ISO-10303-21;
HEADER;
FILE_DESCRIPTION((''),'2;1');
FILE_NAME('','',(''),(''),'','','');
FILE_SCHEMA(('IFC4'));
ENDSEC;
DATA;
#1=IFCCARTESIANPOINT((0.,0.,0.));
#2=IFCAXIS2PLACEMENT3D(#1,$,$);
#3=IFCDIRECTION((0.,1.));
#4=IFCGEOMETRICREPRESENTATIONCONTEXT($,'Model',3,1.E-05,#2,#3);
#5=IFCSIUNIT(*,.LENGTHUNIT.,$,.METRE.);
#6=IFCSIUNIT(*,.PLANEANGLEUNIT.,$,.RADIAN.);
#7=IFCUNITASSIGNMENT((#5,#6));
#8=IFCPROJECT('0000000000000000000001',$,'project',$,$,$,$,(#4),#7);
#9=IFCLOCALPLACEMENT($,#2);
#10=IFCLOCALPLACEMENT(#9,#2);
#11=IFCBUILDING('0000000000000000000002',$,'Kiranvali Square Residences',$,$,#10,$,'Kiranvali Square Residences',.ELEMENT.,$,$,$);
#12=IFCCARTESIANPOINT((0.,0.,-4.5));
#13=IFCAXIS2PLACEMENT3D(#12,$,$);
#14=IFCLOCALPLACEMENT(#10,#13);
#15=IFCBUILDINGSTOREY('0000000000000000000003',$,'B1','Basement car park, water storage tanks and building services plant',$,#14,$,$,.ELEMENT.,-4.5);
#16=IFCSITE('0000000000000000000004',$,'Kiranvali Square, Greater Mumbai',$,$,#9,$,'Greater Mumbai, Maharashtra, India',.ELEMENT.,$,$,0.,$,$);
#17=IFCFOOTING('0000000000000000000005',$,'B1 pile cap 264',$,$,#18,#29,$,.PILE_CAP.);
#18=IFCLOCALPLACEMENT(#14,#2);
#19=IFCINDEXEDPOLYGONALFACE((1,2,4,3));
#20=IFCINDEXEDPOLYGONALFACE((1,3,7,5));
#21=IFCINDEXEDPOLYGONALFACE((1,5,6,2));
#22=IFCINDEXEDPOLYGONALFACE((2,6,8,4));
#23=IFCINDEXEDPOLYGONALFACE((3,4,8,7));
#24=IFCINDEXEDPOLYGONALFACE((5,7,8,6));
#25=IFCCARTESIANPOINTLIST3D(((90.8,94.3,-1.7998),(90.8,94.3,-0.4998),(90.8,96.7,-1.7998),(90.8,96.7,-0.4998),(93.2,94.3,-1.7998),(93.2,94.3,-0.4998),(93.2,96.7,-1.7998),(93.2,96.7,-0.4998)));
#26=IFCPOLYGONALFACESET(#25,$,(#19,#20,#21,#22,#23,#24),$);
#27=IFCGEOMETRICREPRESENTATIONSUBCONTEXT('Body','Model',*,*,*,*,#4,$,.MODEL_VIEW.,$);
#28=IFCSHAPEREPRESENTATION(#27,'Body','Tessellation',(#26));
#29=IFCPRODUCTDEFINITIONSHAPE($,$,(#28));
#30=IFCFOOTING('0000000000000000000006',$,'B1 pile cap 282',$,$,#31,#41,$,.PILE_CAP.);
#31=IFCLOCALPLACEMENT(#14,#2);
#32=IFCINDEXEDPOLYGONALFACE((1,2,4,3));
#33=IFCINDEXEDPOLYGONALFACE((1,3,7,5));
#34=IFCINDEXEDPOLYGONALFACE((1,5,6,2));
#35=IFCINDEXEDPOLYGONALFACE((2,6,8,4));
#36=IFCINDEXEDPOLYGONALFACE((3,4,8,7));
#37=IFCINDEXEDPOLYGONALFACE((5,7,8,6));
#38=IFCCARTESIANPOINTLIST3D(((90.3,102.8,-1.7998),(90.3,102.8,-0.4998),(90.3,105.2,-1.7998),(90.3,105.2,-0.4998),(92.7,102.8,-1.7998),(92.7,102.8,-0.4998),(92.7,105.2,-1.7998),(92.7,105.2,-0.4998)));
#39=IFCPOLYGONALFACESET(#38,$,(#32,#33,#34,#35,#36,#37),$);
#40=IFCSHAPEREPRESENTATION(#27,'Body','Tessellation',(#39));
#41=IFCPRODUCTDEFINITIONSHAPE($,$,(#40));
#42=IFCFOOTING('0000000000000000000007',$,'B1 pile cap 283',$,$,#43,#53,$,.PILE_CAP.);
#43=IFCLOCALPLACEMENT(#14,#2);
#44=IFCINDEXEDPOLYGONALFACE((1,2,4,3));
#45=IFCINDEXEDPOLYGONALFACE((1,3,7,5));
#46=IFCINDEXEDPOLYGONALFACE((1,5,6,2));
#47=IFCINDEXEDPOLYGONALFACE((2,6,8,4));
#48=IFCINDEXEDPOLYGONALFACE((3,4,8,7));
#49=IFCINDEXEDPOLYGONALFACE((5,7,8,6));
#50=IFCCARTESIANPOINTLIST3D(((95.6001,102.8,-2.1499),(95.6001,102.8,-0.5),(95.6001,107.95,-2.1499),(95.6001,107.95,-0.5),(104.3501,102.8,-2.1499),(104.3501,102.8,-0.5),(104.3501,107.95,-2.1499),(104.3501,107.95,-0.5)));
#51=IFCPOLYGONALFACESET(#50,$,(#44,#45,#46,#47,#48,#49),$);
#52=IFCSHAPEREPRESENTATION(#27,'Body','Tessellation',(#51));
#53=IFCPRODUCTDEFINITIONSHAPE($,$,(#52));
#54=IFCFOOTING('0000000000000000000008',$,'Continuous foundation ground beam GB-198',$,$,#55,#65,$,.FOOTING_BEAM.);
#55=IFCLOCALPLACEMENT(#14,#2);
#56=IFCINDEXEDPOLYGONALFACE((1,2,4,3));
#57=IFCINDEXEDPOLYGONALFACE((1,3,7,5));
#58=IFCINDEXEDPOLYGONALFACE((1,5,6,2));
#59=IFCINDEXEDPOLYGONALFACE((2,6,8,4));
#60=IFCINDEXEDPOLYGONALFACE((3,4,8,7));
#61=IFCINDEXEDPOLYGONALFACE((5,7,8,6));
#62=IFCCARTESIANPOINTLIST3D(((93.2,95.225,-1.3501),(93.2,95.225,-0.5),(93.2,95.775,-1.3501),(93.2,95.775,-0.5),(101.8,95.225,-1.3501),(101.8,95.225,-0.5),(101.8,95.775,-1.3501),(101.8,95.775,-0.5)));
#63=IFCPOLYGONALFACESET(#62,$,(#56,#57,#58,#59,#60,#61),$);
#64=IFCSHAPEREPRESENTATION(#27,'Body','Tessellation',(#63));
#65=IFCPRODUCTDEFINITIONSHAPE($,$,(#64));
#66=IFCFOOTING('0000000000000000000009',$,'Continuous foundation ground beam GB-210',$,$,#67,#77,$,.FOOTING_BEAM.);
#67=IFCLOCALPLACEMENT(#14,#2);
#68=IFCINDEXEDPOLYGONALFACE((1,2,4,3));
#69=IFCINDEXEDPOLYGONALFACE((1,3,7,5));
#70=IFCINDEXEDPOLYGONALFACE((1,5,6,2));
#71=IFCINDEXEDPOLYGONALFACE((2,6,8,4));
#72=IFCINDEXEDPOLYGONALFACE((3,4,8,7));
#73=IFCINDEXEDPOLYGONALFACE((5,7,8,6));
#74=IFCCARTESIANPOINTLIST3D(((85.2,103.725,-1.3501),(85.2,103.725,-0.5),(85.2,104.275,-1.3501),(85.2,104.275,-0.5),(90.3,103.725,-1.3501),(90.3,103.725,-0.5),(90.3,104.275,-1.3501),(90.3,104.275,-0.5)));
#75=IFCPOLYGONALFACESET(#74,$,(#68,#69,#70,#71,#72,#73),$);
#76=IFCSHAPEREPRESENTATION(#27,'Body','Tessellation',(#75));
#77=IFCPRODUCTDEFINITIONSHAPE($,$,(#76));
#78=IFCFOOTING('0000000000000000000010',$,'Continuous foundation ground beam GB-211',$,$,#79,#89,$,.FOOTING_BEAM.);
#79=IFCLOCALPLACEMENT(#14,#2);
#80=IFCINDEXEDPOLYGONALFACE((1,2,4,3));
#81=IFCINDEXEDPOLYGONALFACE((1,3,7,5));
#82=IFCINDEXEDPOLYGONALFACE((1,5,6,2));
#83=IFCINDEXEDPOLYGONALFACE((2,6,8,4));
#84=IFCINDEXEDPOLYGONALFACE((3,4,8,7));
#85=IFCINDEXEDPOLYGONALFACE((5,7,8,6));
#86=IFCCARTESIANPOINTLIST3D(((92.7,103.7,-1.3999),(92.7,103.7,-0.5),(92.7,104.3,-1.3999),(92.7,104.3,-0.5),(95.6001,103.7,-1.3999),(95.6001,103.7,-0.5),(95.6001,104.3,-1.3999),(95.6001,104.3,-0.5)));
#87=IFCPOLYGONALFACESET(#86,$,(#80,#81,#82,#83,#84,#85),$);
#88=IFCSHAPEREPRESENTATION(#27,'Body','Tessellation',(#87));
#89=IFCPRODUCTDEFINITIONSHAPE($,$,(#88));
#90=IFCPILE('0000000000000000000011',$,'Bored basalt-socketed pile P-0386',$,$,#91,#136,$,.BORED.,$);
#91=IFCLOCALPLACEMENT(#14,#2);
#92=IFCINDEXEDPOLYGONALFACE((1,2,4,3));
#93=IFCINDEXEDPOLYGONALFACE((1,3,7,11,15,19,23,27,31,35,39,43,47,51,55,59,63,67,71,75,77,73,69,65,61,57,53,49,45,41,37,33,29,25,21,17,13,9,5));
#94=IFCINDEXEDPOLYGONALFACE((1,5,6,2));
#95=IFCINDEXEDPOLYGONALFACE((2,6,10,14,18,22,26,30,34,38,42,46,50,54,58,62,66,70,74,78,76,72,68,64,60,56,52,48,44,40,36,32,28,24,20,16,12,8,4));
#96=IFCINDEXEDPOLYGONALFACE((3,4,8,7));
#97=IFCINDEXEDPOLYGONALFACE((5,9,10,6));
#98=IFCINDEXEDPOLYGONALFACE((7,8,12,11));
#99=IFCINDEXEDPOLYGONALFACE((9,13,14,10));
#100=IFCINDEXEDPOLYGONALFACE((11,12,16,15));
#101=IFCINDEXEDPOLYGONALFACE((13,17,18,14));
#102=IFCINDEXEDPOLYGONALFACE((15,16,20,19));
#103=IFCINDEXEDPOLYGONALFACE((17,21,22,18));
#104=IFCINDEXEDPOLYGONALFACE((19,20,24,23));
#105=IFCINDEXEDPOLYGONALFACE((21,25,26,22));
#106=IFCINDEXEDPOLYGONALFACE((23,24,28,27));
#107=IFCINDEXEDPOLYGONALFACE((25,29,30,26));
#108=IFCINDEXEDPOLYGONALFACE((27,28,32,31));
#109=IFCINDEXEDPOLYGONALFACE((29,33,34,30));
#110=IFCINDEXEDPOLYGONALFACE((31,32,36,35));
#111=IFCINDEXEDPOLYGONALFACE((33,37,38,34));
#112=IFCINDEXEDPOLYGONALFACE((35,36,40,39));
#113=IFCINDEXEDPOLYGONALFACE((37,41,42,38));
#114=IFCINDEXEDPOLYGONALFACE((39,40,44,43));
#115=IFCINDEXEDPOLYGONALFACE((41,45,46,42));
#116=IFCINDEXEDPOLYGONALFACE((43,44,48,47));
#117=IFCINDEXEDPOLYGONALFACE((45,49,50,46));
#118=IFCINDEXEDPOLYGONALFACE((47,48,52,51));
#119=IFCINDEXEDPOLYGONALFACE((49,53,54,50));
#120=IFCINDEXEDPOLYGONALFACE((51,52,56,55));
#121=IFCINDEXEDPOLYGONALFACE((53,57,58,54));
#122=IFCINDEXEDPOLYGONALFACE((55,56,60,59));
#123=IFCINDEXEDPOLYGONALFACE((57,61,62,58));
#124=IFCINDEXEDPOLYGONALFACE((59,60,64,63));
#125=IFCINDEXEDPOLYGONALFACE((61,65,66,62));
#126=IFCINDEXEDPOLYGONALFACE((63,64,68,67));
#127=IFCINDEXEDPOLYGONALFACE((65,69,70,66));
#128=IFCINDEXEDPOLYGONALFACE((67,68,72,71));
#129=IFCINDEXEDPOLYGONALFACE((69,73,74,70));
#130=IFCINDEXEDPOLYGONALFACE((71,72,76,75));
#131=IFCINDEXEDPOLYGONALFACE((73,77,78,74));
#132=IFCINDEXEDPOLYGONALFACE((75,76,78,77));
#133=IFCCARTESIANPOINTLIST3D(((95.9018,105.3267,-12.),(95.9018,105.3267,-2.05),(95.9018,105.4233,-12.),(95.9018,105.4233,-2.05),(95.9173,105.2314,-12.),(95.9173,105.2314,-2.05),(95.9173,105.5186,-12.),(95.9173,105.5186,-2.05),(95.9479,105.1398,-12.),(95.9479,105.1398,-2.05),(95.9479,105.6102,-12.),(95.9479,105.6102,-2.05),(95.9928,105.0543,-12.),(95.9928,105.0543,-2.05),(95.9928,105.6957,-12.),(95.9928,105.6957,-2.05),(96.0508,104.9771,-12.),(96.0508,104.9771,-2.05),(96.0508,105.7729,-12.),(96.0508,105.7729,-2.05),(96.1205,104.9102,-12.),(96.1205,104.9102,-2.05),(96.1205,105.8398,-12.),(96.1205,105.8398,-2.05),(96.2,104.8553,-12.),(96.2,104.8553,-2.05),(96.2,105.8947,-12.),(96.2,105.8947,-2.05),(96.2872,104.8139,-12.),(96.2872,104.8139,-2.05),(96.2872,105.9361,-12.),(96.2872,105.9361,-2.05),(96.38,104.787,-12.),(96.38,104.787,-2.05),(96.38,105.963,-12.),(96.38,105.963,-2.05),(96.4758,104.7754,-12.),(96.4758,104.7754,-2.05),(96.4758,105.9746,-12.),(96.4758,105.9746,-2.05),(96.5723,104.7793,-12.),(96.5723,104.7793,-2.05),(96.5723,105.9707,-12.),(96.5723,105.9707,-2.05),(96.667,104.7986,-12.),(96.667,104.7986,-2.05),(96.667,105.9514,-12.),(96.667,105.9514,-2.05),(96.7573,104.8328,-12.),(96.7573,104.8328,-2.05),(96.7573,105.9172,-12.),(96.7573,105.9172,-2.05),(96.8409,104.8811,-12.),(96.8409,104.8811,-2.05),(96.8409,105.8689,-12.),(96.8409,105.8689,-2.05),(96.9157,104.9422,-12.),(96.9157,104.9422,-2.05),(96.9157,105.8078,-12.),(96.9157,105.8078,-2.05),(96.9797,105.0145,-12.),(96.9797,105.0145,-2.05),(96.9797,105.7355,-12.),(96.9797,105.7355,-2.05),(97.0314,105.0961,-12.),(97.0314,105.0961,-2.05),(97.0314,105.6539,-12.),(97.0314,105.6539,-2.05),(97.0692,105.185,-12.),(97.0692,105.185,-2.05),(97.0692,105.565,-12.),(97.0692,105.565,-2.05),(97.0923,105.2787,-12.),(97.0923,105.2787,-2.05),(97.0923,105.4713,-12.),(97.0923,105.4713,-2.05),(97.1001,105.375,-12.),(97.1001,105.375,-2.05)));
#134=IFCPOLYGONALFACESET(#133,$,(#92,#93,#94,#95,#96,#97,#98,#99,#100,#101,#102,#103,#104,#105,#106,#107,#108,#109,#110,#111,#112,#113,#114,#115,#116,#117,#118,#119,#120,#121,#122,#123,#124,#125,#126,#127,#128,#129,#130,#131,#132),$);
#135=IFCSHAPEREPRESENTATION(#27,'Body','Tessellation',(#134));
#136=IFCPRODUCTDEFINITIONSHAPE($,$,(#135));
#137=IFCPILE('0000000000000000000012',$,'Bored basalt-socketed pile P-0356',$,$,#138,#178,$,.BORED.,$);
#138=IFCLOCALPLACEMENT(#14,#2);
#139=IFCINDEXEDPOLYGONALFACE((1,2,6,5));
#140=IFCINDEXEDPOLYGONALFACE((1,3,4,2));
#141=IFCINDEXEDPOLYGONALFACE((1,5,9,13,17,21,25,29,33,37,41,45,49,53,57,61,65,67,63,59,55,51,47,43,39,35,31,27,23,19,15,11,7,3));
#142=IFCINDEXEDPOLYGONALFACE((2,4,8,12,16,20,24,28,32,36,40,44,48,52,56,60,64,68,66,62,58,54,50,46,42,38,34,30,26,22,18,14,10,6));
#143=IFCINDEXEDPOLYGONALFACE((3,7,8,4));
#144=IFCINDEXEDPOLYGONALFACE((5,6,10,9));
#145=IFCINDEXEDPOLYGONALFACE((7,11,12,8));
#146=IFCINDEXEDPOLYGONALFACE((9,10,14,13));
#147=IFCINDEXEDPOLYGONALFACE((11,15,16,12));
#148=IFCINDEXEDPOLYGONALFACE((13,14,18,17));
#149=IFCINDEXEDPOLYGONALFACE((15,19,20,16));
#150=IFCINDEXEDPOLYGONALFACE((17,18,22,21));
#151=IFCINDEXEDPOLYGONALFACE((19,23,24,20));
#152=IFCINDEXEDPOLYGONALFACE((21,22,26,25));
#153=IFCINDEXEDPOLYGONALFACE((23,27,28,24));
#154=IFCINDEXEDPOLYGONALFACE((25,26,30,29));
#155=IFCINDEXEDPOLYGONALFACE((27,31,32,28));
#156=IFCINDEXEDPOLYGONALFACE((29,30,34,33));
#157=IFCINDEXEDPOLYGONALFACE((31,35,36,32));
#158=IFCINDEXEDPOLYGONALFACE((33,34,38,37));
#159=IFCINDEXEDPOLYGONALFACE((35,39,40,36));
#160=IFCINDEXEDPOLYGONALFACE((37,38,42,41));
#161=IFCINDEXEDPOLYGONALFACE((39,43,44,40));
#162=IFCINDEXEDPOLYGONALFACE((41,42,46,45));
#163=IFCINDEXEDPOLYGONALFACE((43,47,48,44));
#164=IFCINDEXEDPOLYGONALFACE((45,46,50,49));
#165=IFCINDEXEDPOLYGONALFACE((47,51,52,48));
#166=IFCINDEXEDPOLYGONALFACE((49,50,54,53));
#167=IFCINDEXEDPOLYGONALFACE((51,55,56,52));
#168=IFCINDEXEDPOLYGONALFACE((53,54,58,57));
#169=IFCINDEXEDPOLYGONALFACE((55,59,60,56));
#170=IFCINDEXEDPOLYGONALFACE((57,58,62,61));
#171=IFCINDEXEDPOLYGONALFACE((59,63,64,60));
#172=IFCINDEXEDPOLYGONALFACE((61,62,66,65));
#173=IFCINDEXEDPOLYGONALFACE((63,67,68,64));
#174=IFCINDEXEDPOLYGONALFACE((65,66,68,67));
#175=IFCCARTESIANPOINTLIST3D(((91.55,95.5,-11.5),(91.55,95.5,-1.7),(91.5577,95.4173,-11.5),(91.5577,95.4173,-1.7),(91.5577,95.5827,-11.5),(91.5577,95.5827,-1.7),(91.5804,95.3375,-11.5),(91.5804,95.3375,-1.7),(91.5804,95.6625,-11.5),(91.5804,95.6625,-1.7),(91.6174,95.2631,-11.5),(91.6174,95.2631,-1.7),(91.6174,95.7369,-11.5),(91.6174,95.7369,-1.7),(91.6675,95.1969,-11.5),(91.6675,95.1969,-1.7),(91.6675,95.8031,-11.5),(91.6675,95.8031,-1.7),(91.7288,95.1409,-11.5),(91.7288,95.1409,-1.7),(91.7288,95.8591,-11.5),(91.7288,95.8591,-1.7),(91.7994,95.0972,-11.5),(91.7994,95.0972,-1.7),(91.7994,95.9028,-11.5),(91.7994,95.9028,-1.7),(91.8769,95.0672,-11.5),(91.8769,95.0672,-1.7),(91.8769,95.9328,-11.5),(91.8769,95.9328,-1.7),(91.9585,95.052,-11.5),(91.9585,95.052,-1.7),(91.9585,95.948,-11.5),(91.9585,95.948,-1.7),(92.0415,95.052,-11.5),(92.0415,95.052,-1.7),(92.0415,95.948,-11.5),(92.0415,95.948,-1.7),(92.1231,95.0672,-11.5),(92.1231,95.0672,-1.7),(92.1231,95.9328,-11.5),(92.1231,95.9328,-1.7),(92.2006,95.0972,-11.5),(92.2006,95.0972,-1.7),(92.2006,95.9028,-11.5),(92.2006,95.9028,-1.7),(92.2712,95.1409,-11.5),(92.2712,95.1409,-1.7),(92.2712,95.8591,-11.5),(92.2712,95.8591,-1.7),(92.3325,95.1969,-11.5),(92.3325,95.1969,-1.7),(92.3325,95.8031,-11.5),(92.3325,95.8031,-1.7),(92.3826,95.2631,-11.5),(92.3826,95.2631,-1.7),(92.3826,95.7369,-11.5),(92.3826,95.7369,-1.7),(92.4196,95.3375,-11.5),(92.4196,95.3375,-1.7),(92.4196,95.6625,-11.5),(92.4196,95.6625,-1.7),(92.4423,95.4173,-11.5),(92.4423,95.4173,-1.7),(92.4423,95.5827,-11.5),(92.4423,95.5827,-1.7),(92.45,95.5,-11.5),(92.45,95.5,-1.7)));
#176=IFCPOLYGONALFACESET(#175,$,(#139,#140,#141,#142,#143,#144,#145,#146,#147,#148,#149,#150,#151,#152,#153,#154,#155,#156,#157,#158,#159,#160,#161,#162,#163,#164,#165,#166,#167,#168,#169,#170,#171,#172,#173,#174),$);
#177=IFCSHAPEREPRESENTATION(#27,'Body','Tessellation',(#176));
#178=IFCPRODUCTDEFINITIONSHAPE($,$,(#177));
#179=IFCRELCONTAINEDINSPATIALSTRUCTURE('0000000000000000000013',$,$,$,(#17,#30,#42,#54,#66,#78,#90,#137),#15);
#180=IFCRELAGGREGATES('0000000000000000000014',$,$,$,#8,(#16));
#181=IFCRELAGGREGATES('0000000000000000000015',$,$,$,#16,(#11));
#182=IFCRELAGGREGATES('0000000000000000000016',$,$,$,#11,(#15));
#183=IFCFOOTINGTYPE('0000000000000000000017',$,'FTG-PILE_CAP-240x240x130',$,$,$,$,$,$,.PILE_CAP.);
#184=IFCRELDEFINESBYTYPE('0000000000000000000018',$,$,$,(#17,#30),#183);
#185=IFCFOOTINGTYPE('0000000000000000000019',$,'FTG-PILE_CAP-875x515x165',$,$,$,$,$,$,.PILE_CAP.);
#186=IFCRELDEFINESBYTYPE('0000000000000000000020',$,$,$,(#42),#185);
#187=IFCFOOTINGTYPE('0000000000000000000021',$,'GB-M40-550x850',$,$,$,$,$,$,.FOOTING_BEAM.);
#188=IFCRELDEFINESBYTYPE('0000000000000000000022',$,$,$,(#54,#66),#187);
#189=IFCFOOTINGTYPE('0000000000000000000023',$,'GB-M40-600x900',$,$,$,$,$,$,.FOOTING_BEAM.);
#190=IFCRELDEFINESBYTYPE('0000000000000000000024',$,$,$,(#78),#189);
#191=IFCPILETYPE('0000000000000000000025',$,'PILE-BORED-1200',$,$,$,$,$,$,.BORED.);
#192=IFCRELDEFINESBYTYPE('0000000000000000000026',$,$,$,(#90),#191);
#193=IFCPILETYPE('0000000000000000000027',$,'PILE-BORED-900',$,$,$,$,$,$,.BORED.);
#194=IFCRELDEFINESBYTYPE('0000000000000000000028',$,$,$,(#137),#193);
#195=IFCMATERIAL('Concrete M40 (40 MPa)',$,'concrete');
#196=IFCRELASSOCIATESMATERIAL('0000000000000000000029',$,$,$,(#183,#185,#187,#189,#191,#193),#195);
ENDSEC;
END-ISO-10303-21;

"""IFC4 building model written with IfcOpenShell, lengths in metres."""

from ifc_helpers import new_model, si_unit, direction, frame, origin, origin_2d, place, context, subcontext, project, spatial, rectangle, circle, extrude, material, material_profile, profile_set, type_object, element, save


model = new_model("IFC4")

# Units and contexts
model_context = context("Model", 3, precision=1e-05, world=origin(), true_north=direction((0.0, 1.0)))
body_context = subcontext(model_context, "Body", "Model", "MODEL_VIEW")
ifc_project = project(units=[si_unit("LENGTHUNIT", "METRE"), si_unit("PLANEANGLEUNIT", "RADIAN")], contexts=[model_context])

# Site, building, storey
site_placement = place(None, origin())
site = spatial("IfcSite", under=ifc_project, at=site_placement, Name="Kiranvali Square, Greater Mumbai", LongName="Greater Mumbai, Maharashtra, India", CompositionType="ELEMENT", RefElevation=0.0)
building_placement = place(site_placement, origin())
building = spatial("IfcBuilding", under=site, at=building_placement, Name="Kiranvali Square Residences", LongName="Kiranvali Square Residences", CompositionType="ELEMENT")
storey_placement = place(building_placement, frame((0.0, 0.0, -4.5)))
storey = spatial("IfcBuildingStorey", under=building, at=storey_placement, Name="B1", Description="Basement car park, water storage tanks and building services plant", CompositionType="ELEMENT", Elevation=-4.5)

# Footings
ifc_material_1 = material(Name="Concrete M40 (40 MPa)", Category="concrete")
footing_type_1 = type_object("IfcFootingType", Name="FTG-PILE_CAP-240x240x130", PredefinedType="PILE_CAP", material=ifc_material_1)
for number, where, z_axis, x_axis, name in (
    (1, (92.0, 95.5, -1.7998), (0.0, 0.0, 1.0), (1.0, 0.0, 0.0), "B1 pile cap 264"),
    (2, (91.5, 104.0, -1.7998), (0.0, 0.0, 1.0), (1.0, 0.0, 0.0), "B1 pile cap 282"),
):
    element("IfcFooting", number, at=place(storey_placement, frame(where, z_axis=z_axis, x_axis=x_axis)), inside=storey, type_object=footing_type_1, Name=name, PredefinedType="PILE_CAP", context=body_context, shape_type="SweptSolid", body=[
        extrude(rectangle(XDim=2.3999, YDim=2.3999, at=origin_2d()), origin(), (0.0, 0.0, 1.0), 1.3),
    ])
footing_type_2 = type_object("IfcFootingType", Name="FTG-PILE_CAP-875x515x165", PredefinedType="PILE_CAP", material=ifc_material_1)
footing_1_placement = place(storey_placement, frame((99.9751, 105.375, -2.1499), z_axis=(0.0, 0.0, 1.0), x_axis=(1.0, 0.0, 0.0)))
element("IfcFooting", 3, at=footing_1_placement, inside=storey, type_object=footing_type_2, Name="B1 pile cap 283", PredefinedType="PILE_CAP", context=body_context, shape_type="SweptSolid", body=[
    extrude(rectangle(XDim=8.75, YDim=5.1499, at=origin_2d()), origin(), (0.0, 0.0, 1.0), 1.6499),
])
ifc_material_profile_1 = material_profile(ifc_material_1, rectangle(XDim=0.55, YDim=0.8501, at=origin_2d()), Name="GB 550x850")
ifc_profile_set_1 = profile_set([ifc_material_profile_1], Name="Concrete M40 (40 MPa)")
footing_type_3 = type_object("IfcFootingType", Name="GB-M40-550x850", PredefinedType="FOOTING_BEAM", material=ifc_profile_set_1)
footing_2_placement = place(storey_placement, frame((93.2, 95.5, -0.925), z_axis=(1.0, 0.0, 0.0), x_axis=(0.0, 1.0, 0.0)))
element("IfcFooting", 4, at=footing_2_placement, inside=storey, type_object=footing_type_3, Name="Continuous foundation ground beam GB-198", PredefinedType="FOOTING_BEAM", context=body_context, shape_type="SweptSolid", body=[
    extrude(rectangle(XDim=0.55, YDim=0.8501, at=origin_2d()), origin(), (0.0, 0.0, 1.0), 8.6001),
])
footing_3_placement = place(storey_placement, frame((85.2, 104.0, -0.925), z_axis=(1.0, 0.0, 0.0), x_axis=(0.0, 1.0, 0.0)))
element("IfcFooting", 5, at=footing_3_placement, inside=storey, type_object=footing_type_3, Name="Continuous foundation ground beam GB-210", PredefinedType="FOOTING_BEAM", context=body_context, shape_type="SweptSolid", body=[
    extrude(rectangle(XDim=0.55, YDim=0.8501, at=origin_2d()), origin(), (0.0, 0.0, 1.0), 5.1001),
])
ifc_material_profile_2 = material_profile(ifc_material_1, rectangle(XDim=0.6001, YDim=0.8999, at=origin_2d()), Name="GB 600x900")
ifc_profile_set_2 = profile_set([ifc_material_profile_2], Name="Concrete M40 (40 MPa)")
footing_type_4 = type_object("IfcFootingType", Name="GB-M40-600x900", PredefinedType="FOOTING_BEAM", material=ifc_profile_set_2)
footing_4_placement = place(storey_placement, frame((92.7, 104.0, -0.95), z_axis=(1.0, 0.0, 0.0), x_axis=(0.0, 1.0, 0.0)))
element("IfcFooting", 6, at=footing_4_placement, inside=storey, type_object=footing_type_4, Name="Continuous foundation ground beam GB-211", PredefinedType="FOOTING_BEAM", context=body_context, shape_type="SweptSolid", body=[
    extrude(rectangle(XDim=0.6001, YDim=0.8999, at=origin_2d()), origin(), (0.0, 0.0, 1.0), 2.9001),
])

# Piles
ifc_material_profile_3 = material_profile(ifc_material_1, circle(Radius=0.6001, at=origin_2d()), Name="BORED PILE 1200")
ifc_profile_set_3 = profile_set([ifc_material_profile_3], Name="Concrete M40 (40 MPa)")
pile_type_1 = type_object("IfcPileType", Name="PILE-BORED-1200", PredefinedType="BORED", material=ifc_profile_set_3)
pile_placement = place(storey_placement, frame((96.5, 105.375, -2.05), z_axis=(0.0, 0.0, -1.0), x_axis=(1.0, 0.0, 0.0)))
element("IfcPile", 7, at=pile_placement, inside=storey, type_object=pile_type_1, Name="Bored basalt-socketed pile P-0386", PredefinedType="BORED", context=body_context, shape_type="SweptSolid", body=[
    extrude(circle(Radius=0.6001, at=origin_2d()), origin(), (0.0, 0.0, 1.0), 9.95),
])
ifc_material_profile_4 = material_profile(ifc_material_1, circle(Radius=0.45, at=origin_2d()), Name="BORED PILE 900")
ifc_profile_set_4 = profile_set([ifc_material_profile_4], Name="Concrete M40 (40 MPa)")
pile_type_2 = type_object("IfcPileType", Name="PILE-BORED-900", PredefinedType="BORED", material=ifc_profile_set_4)
for number, where, z_axis, x_axis, name in (
    (8, (92.0, 95.5, -1.7), (0.0, 0.0, -1.0), (1.0, 0.0, 0.0), "Bored basalt-socketed pile P-0356"),
):
    element("IfcPile", number, at=place(storey_placement, frame(where, z_axis=z_axis, x_axis=x_axis)), inside=storey, type_object=pile_type_2, Name=name, PredefinedType="BORED", context=body_context, shape_type="SweptSolid", body=[
        extrude(circle(Radius=0.45, at=origin_2d()), origin(), (0.0, 0.0, 1.0), 9.8),
    ])

save(model, "model.ifc")
